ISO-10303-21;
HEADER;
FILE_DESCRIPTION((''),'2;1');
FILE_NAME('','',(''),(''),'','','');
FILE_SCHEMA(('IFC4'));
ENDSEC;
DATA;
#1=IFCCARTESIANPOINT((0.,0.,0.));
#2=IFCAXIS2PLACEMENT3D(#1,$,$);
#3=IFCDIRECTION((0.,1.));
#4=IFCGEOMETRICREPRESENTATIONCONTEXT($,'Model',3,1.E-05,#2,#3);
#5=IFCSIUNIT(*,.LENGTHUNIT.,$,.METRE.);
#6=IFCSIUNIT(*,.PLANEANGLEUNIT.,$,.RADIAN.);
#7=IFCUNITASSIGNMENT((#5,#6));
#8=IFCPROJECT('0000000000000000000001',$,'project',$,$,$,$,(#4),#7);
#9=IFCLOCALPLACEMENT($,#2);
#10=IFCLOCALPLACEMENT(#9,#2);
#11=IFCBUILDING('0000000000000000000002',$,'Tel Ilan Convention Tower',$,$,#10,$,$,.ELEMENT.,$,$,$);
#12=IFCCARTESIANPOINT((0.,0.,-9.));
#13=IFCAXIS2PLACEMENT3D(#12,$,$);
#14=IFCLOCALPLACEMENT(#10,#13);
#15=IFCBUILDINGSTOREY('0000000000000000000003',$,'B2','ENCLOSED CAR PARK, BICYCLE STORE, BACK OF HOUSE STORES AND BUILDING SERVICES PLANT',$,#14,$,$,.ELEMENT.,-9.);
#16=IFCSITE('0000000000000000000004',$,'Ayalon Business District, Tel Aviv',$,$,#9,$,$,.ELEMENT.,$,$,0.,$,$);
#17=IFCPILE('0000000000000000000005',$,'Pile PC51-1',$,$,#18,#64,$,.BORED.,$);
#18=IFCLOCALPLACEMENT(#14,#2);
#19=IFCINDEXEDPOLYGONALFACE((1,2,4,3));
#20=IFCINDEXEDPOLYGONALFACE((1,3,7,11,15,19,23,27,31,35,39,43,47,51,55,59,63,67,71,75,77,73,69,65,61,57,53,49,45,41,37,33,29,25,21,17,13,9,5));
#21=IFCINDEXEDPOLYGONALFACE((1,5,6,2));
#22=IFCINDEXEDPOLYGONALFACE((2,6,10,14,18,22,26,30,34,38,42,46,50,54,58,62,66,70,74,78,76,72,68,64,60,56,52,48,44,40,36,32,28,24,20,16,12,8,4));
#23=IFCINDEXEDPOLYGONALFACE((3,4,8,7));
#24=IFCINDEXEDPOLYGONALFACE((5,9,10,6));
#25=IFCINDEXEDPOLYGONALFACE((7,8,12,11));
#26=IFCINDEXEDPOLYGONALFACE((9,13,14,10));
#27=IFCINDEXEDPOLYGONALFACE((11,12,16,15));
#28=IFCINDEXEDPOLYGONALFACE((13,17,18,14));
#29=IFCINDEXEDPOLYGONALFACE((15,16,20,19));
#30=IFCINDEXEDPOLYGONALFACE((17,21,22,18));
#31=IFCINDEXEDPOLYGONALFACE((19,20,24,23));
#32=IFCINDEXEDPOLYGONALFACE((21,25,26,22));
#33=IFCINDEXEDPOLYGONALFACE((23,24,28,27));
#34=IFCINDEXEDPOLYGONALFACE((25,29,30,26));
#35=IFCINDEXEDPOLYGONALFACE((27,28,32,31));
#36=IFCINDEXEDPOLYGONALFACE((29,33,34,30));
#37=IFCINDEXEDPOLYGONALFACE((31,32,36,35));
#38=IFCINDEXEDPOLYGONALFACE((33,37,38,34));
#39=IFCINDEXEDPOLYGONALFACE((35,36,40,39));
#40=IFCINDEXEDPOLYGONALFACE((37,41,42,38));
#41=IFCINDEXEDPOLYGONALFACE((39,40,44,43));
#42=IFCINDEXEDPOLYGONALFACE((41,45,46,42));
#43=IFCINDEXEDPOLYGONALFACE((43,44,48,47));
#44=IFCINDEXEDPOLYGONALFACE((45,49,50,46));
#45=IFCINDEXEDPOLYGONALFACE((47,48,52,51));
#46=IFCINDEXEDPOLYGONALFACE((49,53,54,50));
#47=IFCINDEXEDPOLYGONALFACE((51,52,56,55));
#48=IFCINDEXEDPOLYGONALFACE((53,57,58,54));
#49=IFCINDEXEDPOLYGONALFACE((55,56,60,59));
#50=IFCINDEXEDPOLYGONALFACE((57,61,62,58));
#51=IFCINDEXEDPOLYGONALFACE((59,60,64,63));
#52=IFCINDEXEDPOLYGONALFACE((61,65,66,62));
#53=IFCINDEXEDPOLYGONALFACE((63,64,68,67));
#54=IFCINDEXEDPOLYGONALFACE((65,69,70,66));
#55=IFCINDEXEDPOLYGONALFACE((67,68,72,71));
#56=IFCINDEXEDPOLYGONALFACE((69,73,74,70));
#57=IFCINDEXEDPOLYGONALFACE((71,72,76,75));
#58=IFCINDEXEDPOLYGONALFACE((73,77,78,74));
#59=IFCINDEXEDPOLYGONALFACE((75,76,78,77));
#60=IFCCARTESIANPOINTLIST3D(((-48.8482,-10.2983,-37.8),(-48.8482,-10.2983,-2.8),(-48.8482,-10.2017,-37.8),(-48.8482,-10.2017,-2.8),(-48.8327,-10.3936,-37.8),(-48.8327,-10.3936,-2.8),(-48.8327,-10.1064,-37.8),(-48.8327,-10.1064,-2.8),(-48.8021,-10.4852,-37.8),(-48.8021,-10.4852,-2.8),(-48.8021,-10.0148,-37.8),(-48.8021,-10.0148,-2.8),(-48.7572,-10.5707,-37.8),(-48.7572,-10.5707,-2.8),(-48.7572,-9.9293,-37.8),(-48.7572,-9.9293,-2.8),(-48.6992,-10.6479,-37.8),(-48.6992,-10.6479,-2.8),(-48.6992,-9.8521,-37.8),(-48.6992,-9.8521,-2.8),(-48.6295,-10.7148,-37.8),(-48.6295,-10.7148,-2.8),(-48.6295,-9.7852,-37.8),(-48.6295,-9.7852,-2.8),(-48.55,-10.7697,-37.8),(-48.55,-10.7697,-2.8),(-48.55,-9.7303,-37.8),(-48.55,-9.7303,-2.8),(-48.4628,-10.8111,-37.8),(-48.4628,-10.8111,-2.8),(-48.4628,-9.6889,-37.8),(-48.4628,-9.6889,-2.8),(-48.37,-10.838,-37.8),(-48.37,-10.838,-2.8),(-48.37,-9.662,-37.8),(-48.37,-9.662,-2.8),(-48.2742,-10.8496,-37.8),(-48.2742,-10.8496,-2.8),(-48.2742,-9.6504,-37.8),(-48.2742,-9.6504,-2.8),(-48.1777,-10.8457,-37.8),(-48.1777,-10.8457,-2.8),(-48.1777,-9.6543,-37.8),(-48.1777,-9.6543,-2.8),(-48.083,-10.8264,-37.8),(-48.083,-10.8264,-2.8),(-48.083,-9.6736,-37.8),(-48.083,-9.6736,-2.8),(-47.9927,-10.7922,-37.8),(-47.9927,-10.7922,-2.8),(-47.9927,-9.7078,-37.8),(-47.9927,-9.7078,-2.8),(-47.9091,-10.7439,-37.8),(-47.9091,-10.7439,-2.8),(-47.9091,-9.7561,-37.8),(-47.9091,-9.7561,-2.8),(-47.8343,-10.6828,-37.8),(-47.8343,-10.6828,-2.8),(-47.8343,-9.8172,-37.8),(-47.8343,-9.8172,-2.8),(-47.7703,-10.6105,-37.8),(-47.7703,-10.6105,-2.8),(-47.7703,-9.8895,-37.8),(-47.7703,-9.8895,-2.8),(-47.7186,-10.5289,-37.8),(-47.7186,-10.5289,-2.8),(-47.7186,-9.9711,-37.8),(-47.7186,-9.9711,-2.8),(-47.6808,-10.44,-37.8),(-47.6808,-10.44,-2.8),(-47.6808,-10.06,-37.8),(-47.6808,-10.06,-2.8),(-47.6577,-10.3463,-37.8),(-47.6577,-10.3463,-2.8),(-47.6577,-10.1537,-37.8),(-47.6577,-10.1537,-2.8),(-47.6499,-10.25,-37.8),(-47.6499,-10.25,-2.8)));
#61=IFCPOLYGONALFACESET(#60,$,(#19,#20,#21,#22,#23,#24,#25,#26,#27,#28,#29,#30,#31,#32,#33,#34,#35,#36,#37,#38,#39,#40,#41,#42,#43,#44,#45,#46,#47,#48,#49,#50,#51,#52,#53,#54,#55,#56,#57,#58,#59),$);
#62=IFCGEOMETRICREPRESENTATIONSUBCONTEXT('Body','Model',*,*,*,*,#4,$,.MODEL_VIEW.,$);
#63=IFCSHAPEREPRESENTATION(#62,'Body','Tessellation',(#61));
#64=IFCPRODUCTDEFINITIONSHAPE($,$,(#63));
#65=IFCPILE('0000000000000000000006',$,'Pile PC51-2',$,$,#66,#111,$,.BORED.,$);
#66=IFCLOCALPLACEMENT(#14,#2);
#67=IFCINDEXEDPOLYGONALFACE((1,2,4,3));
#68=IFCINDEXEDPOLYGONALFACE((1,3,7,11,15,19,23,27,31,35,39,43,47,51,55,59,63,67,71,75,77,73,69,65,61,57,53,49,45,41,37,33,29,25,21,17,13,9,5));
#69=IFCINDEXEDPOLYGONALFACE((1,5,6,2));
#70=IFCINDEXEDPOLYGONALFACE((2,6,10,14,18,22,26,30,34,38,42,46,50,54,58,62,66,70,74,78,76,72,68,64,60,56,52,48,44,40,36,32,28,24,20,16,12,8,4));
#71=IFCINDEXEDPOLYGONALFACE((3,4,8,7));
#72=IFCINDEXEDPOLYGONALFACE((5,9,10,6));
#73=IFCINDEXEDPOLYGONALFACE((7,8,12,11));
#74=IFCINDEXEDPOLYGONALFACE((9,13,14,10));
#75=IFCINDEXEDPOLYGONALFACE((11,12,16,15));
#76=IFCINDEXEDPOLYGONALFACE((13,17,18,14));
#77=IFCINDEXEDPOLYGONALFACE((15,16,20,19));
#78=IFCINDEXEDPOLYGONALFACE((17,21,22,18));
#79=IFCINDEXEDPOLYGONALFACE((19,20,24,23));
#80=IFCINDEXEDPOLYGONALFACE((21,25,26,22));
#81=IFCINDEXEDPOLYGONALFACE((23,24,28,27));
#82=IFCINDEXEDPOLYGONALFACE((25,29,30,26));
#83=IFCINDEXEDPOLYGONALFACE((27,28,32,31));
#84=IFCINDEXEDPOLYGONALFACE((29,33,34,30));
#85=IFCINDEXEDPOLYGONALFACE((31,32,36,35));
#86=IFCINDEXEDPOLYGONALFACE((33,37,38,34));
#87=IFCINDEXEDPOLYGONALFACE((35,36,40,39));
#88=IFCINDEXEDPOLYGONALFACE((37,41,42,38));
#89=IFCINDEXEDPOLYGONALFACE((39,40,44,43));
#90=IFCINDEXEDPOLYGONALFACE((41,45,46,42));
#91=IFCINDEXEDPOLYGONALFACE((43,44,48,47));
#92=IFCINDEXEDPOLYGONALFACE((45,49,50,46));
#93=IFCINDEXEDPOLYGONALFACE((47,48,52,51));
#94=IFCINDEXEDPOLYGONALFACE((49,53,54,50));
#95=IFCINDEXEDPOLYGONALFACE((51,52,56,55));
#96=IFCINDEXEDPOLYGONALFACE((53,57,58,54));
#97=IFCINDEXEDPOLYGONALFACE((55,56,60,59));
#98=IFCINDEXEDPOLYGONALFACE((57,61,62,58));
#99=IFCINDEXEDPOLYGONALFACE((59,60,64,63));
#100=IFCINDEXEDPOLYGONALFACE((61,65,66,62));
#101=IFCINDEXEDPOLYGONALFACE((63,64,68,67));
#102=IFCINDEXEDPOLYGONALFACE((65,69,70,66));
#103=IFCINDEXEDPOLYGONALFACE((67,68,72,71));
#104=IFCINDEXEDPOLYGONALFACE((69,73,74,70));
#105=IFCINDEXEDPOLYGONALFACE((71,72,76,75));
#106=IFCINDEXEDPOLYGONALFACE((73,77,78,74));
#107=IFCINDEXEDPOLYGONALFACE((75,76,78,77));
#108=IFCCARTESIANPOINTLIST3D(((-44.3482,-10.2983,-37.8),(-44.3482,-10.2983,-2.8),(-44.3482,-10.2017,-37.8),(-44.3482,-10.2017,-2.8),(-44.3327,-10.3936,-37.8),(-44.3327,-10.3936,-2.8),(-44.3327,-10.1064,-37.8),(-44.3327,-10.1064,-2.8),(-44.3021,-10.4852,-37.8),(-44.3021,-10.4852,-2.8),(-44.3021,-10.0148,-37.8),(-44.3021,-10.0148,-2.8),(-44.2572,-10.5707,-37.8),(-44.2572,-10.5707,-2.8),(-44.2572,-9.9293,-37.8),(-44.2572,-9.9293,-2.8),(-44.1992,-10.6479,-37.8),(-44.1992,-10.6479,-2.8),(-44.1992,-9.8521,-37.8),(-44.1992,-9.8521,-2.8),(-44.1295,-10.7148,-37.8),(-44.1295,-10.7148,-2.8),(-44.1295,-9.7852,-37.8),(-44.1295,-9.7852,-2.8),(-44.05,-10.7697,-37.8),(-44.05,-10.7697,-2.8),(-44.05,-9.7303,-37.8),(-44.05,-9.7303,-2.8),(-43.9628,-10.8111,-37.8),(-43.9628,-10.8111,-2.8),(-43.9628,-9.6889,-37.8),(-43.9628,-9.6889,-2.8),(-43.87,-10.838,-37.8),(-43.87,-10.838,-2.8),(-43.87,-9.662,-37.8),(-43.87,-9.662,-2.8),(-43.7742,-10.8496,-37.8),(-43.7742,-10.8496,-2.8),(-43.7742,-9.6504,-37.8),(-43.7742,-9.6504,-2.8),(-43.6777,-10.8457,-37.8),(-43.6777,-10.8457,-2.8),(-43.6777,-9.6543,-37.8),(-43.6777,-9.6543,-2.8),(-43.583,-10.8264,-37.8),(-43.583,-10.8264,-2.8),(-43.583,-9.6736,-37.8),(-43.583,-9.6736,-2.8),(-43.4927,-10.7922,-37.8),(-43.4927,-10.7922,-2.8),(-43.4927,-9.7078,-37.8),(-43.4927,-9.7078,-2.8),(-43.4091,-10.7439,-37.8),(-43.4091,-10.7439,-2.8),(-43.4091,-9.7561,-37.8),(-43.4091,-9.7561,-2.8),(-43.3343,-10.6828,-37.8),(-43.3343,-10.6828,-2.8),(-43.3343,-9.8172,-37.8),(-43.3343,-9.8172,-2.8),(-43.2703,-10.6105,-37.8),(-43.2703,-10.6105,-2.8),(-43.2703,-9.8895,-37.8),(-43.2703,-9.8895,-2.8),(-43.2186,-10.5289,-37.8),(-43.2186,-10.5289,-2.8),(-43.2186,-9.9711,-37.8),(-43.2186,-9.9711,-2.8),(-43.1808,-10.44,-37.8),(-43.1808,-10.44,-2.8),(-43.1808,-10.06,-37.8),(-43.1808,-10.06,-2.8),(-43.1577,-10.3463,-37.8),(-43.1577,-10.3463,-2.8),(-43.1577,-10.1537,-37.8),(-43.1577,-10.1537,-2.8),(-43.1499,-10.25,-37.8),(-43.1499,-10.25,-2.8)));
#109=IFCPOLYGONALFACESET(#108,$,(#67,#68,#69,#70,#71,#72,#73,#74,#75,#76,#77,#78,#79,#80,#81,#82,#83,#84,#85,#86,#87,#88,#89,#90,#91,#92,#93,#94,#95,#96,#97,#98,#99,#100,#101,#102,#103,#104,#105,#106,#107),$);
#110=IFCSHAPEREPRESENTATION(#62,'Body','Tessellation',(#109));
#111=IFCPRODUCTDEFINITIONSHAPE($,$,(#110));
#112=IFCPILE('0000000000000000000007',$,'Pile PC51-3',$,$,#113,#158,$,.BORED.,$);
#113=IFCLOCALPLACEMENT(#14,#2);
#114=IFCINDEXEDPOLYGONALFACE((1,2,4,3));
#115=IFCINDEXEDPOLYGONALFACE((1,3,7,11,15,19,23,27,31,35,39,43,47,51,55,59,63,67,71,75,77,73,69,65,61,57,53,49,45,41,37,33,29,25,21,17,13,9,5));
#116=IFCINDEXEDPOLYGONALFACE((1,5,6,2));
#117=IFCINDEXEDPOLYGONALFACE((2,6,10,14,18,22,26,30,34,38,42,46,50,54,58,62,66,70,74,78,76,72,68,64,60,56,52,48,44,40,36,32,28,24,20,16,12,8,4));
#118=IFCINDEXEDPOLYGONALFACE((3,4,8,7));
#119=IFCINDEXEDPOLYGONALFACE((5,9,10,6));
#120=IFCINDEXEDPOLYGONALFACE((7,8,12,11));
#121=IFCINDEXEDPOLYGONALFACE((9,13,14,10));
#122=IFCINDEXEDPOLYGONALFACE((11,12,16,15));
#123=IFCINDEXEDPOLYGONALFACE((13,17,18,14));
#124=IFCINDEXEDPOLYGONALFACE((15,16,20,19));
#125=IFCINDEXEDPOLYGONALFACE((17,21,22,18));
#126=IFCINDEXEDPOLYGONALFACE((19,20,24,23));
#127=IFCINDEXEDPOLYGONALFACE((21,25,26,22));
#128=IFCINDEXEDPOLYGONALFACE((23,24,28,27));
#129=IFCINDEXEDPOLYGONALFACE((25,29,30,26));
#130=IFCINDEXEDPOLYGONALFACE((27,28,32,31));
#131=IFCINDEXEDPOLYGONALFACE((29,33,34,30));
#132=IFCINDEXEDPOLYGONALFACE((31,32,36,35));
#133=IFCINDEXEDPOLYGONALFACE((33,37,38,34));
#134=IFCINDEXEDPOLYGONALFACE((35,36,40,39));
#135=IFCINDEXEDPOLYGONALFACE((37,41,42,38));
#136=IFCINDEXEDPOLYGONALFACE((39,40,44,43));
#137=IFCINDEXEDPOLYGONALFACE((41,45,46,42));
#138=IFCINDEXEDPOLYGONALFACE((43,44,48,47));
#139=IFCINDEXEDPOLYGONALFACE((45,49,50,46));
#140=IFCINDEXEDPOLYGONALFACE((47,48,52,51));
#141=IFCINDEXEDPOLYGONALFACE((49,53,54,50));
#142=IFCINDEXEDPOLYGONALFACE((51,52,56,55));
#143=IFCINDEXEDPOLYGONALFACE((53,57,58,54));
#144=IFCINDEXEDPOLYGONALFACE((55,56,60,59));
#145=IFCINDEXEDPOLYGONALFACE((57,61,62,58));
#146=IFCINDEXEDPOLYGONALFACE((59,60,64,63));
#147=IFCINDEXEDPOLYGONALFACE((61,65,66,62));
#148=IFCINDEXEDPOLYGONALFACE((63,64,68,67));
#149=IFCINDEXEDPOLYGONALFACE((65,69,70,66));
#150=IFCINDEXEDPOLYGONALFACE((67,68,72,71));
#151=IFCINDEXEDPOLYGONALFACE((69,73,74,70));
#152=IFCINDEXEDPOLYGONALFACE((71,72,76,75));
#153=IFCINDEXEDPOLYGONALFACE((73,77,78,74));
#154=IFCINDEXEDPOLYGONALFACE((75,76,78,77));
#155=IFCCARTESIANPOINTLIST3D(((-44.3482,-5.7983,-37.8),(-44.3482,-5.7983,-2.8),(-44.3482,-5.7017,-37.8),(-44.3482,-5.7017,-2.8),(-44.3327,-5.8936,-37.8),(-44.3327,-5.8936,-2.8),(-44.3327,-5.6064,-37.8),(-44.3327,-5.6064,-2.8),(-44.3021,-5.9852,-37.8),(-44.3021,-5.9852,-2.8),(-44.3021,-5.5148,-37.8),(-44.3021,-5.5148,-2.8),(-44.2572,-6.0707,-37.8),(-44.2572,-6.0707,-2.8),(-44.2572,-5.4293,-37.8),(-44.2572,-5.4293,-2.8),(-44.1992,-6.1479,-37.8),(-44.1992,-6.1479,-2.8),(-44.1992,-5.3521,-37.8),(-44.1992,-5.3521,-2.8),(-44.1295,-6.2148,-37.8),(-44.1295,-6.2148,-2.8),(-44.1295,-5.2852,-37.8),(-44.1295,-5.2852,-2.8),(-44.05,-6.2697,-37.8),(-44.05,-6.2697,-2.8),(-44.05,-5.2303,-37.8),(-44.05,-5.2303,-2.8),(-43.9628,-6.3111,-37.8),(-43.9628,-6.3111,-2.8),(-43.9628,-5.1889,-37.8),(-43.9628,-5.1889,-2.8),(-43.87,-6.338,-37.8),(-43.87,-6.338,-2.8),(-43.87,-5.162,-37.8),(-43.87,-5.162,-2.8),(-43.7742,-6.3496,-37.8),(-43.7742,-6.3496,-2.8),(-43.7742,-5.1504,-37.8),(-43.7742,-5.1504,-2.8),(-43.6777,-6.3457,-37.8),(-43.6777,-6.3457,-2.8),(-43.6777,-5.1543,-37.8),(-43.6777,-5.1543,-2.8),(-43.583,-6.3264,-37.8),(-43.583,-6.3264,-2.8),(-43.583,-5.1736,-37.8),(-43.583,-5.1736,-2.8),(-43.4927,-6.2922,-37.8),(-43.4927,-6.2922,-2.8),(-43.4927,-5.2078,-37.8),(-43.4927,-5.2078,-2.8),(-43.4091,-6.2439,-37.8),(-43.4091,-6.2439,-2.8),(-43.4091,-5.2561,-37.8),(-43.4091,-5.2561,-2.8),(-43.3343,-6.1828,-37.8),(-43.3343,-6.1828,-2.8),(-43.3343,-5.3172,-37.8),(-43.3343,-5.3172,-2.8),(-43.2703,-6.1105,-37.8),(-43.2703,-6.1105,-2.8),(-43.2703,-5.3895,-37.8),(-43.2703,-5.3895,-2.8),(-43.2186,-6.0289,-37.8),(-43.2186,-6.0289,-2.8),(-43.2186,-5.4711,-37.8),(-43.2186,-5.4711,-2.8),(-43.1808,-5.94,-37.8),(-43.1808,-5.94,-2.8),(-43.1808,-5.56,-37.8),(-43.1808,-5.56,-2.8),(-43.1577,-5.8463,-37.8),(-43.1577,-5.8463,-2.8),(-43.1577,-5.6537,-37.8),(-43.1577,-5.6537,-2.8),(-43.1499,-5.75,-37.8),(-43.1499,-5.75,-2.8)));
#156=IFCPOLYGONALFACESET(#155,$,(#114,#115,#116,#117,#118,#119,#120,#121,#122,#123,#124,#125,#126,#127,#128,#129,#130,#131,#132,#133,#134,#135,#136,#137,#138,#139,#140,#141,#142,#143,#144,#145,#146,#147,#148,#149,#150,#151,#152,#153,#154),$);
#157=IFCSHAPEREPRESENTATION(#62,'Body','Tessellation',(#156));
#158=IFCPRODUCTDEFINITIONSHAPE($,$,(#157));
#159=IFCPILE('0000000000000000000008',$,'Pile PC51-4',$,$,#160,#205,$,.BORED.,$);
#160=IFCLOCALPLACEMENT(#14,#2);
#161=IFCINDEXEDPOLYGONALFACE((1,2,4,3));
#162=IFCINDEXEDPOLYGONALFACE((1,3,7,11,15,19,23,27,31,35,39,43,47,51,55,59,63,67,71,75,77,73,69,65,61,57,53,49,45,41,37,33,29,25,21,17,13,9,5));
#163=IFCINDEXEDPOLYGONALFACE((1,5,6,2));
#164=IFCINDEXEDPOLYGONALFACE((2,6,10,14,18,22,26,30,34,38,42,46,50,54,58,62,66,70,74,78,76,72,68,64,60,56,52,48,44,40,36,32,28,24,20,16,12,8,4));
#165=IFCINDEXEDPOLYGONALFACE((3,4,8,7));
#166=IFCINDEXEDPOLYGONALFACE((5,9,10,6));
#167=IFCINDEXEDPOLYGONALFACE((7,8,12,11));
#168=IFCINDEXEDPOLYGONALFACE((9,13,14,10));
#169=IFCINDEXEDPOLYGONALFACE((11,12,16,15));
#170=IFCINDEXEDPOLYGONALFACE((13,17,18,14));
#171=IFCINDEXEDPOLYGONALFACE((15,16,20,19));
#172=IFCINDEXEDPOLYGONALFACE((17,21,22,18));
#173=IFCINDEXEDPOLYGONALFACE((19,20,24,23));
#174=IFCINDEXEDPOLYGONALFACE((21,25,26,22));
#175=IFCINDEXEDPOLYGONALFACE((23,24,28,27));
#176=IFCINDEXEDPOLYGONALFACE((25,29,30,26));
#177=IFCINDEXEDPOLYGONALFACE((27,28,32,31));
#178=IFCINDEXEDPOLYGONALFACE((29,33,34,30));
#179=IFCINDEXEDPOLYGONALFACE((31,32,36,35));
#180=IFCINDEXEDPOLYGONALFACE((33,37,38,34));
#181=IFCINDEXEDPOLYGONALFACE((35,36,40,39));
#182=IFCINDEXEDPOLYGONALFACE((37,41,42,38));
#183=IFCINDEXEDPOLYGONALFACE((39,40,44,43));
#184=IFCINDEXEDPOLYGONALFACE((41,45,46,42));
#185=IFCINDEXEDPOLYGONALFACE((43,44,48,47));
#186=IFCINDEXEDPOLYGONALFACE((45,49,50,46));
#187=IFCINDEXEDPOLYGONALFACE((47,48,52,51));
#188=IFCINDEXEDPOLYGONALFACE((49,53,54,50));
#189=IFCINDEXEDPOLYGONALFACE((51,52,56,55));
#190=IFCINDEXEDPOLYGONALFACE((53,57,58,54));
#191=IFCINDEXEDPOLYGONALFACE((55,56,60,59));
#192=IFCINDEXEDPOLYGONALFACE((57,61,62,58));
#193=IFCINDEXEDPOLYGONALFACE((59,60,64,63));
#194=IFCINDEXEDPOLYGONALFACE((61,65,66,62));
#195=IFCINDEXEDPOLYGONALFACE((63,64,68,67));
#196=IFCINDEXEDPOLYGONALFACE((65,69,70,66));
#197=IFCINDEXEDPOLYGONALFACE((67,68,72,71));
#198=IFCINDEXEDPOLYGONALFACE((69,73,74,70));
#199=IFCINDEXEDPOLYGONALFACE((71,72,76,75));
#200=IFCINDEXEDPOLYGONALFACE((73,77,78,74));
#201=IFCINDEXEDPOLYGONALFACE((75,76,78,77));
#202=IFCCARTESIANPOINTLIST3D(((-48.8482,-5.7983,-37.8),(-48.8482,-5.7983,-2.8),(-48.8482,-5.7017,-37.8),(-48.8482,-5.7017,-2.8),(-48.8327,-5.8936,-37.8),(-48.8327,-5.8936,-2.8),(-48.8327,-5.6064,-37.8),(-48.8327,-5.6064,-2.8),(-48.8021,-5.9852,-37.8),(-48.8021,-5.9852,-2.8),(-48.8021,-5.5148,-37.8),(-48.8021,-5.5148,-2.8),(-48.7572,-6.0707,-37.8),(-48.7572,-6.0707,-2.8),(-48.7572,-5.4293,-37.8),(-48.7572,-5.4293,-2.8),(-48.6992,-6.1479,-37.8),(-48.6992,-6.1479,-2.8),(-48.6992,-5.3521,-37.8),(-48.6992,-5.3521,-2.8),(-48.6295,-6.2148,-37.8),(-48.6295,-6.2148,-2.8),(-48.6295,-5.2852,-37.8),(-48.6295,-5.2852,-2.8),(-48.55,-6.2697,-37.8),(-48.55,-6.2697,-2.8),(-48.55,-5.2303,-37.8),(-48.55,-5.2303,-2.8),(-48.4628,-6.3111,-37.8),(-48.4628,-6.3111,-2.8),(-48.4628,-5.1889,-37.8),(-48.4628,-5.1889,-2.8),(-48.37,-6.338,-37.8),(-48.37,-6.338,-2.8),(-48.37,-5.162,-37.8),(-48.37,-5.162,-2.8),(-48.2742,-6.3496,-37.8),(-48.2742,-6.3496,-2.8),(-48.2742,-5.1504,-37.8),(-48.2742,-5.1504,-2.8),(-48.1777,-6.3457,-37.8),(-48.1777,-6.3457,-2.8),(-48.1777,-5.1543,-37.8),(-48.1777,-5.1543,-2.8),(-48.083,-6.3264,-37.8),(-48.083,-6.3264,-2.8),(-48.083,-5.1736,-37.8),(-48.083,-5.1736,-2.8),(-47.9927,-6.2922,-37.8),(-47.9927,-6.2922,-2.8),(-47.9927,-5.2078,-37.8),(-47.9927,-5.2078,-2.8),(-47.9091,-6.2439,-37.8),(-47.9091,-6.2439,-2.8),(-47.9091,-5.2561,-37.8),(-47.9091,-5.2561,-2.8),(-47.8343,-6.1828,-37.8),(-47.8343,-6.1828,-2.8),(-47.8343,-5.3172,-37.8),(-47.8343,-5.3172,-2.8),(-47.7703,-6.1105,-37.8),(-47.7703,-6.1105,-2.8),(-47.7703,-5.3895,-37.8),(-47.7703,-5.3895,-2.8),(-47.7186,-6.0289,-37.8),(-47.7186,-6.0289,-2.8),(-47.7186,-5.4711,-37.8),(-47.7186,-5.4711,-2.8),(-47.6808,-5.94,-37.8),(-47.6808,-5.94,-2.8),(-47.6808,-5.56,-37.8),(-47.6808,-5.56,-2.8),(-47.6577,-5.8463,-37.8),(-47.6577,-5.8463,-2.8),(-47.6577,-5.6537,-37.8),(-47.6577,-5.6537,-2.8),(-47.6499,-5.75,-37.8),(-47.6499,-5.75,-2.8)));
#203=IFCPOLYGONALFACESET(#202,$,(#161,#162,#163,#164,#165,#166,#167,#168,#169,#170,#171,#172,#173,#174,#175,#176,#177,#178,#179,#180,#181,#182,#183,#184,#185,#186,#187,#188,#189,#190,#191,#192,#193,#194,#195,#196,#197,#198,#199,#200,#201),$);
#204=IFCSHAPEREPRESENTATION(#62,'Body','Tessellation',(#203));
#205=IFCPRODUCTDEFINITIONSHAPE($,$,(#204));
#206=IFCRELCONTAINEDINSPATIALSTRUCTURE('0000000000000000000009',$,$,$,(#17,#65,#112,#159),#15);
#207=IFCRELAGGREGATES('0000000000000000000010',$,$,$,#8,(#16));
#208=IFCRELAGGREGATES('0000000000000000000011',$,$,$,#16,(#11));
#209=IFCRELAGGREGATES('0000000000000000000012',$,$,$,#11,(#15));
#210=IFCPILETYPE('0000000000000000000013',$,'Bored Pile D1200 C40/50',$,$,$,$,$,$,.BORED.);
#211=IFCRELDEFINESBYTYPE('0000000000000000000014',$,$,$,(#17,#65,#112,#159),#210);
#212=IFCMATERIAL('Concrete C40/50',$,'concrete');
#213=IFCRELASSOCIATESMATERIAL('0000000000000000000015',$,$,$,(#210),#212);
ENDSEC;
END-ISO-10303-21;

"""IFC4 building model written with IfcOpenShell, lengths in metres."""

from ifc_helpers import new_model, si_unit, direction, frame, origin, origin_2d, place, context, subcontext, project, spatial, circle, extrude, material, material_profile, profile_set, type_object, element, save


model = new_model("IFC4")

# Units and contexts
model_context = context("Model", 3, precision=1e-05, world=origin(), true_north=direction((0.0, 1.0)))
body_context = subcontext(model_context, "Body", "Model", "MODEL_VIEW")
ifc_project = project(units=[si_unit("LENGTHUNIT", "METRE"), si_unit("PLANEANGLEUNIT", "RADIAN")], contexts=[model_context])

# Site, building, storey
site_placement = place(None, origin())
site = spatial("IfcSite", under=ifc_project, at=site_placement, Name="Ayalon Business District, Tel Aviv", CompositionType="ELEMENT", RefElevation=0.0)
building_placement = place(site_placement, origin())
building = spatial("IfcBuilding", under=site, at=building_placement, Name="Tel Ilan Convention Tower", CompositionType="ELEMENT")
storey_placement = place(building_placement, frame((0.0, 0.0, -9.0)))
storey = spatial("IfcBuildingStorey", under=building, at=storey_placement, Name="B2", Description="ENCLOSED CAR PARK, BICYCLE STORE, BACK OF HOUSE STORES AND BUILDING SERVICES PLANT", CompositionType="ELEMENT", Elevation=-9.0)

# Piles
ifc_material_1 = material(Name="Concrete C40/50", Category="concrete")
ifc_material_profile_1 = material_profile(ifc_material_1, circle(Radius=0.6001, at=origin_2d()), Name="BORED D1200")
ifc_profile_set_1 = profile_set([ifc_material_profile_1], Name="Concrete C40/50")
pile_type_1 = type_object("IfcPileType", Name="Bored Pile D1200 C40/50", PredefinedType="BORED", material=ifc_profile_set_1)
for number, where, z_axis, x_axis, name in (
    (1, (-48.25, -10.25, -2.8), (0.0, 0.0, -1.0), (1.0, 0.0, 0.0), "Pile PC51-1"),
    (2, (-43.75, -10.25, -2.8), (0.0, 0.0, -1.0), (1.0, 0.0, 0.0), "Pile PC51-2"),
    (3, (-43.75, -5.75, -2.8), (0.0, 0.0, -1.0), (1.0, 0.0, 0.0), "Pile PC51-3"),
    (4, (-48.25, -5.75, -2.8), (0.0, 0.0, -1.0), (1.0, 0.0, 0.0), "Pile PC51-4"),
):
    element("IfcPile", number, at=place(storey_placement, frame(where, z_axis=z_axis, x_axis=x_axis)), inside=storey, type_object=pile_type_1, Name=name, PredefinedType="BORED", context=body_context, shape_type="SweptSolid", body=[
        extrude(circle(Radius=0.6001, at=origin_2d()), origin(), (0.0, 0.0, 1.0), 35.0),
    ])

save(model, "model.ifc")
